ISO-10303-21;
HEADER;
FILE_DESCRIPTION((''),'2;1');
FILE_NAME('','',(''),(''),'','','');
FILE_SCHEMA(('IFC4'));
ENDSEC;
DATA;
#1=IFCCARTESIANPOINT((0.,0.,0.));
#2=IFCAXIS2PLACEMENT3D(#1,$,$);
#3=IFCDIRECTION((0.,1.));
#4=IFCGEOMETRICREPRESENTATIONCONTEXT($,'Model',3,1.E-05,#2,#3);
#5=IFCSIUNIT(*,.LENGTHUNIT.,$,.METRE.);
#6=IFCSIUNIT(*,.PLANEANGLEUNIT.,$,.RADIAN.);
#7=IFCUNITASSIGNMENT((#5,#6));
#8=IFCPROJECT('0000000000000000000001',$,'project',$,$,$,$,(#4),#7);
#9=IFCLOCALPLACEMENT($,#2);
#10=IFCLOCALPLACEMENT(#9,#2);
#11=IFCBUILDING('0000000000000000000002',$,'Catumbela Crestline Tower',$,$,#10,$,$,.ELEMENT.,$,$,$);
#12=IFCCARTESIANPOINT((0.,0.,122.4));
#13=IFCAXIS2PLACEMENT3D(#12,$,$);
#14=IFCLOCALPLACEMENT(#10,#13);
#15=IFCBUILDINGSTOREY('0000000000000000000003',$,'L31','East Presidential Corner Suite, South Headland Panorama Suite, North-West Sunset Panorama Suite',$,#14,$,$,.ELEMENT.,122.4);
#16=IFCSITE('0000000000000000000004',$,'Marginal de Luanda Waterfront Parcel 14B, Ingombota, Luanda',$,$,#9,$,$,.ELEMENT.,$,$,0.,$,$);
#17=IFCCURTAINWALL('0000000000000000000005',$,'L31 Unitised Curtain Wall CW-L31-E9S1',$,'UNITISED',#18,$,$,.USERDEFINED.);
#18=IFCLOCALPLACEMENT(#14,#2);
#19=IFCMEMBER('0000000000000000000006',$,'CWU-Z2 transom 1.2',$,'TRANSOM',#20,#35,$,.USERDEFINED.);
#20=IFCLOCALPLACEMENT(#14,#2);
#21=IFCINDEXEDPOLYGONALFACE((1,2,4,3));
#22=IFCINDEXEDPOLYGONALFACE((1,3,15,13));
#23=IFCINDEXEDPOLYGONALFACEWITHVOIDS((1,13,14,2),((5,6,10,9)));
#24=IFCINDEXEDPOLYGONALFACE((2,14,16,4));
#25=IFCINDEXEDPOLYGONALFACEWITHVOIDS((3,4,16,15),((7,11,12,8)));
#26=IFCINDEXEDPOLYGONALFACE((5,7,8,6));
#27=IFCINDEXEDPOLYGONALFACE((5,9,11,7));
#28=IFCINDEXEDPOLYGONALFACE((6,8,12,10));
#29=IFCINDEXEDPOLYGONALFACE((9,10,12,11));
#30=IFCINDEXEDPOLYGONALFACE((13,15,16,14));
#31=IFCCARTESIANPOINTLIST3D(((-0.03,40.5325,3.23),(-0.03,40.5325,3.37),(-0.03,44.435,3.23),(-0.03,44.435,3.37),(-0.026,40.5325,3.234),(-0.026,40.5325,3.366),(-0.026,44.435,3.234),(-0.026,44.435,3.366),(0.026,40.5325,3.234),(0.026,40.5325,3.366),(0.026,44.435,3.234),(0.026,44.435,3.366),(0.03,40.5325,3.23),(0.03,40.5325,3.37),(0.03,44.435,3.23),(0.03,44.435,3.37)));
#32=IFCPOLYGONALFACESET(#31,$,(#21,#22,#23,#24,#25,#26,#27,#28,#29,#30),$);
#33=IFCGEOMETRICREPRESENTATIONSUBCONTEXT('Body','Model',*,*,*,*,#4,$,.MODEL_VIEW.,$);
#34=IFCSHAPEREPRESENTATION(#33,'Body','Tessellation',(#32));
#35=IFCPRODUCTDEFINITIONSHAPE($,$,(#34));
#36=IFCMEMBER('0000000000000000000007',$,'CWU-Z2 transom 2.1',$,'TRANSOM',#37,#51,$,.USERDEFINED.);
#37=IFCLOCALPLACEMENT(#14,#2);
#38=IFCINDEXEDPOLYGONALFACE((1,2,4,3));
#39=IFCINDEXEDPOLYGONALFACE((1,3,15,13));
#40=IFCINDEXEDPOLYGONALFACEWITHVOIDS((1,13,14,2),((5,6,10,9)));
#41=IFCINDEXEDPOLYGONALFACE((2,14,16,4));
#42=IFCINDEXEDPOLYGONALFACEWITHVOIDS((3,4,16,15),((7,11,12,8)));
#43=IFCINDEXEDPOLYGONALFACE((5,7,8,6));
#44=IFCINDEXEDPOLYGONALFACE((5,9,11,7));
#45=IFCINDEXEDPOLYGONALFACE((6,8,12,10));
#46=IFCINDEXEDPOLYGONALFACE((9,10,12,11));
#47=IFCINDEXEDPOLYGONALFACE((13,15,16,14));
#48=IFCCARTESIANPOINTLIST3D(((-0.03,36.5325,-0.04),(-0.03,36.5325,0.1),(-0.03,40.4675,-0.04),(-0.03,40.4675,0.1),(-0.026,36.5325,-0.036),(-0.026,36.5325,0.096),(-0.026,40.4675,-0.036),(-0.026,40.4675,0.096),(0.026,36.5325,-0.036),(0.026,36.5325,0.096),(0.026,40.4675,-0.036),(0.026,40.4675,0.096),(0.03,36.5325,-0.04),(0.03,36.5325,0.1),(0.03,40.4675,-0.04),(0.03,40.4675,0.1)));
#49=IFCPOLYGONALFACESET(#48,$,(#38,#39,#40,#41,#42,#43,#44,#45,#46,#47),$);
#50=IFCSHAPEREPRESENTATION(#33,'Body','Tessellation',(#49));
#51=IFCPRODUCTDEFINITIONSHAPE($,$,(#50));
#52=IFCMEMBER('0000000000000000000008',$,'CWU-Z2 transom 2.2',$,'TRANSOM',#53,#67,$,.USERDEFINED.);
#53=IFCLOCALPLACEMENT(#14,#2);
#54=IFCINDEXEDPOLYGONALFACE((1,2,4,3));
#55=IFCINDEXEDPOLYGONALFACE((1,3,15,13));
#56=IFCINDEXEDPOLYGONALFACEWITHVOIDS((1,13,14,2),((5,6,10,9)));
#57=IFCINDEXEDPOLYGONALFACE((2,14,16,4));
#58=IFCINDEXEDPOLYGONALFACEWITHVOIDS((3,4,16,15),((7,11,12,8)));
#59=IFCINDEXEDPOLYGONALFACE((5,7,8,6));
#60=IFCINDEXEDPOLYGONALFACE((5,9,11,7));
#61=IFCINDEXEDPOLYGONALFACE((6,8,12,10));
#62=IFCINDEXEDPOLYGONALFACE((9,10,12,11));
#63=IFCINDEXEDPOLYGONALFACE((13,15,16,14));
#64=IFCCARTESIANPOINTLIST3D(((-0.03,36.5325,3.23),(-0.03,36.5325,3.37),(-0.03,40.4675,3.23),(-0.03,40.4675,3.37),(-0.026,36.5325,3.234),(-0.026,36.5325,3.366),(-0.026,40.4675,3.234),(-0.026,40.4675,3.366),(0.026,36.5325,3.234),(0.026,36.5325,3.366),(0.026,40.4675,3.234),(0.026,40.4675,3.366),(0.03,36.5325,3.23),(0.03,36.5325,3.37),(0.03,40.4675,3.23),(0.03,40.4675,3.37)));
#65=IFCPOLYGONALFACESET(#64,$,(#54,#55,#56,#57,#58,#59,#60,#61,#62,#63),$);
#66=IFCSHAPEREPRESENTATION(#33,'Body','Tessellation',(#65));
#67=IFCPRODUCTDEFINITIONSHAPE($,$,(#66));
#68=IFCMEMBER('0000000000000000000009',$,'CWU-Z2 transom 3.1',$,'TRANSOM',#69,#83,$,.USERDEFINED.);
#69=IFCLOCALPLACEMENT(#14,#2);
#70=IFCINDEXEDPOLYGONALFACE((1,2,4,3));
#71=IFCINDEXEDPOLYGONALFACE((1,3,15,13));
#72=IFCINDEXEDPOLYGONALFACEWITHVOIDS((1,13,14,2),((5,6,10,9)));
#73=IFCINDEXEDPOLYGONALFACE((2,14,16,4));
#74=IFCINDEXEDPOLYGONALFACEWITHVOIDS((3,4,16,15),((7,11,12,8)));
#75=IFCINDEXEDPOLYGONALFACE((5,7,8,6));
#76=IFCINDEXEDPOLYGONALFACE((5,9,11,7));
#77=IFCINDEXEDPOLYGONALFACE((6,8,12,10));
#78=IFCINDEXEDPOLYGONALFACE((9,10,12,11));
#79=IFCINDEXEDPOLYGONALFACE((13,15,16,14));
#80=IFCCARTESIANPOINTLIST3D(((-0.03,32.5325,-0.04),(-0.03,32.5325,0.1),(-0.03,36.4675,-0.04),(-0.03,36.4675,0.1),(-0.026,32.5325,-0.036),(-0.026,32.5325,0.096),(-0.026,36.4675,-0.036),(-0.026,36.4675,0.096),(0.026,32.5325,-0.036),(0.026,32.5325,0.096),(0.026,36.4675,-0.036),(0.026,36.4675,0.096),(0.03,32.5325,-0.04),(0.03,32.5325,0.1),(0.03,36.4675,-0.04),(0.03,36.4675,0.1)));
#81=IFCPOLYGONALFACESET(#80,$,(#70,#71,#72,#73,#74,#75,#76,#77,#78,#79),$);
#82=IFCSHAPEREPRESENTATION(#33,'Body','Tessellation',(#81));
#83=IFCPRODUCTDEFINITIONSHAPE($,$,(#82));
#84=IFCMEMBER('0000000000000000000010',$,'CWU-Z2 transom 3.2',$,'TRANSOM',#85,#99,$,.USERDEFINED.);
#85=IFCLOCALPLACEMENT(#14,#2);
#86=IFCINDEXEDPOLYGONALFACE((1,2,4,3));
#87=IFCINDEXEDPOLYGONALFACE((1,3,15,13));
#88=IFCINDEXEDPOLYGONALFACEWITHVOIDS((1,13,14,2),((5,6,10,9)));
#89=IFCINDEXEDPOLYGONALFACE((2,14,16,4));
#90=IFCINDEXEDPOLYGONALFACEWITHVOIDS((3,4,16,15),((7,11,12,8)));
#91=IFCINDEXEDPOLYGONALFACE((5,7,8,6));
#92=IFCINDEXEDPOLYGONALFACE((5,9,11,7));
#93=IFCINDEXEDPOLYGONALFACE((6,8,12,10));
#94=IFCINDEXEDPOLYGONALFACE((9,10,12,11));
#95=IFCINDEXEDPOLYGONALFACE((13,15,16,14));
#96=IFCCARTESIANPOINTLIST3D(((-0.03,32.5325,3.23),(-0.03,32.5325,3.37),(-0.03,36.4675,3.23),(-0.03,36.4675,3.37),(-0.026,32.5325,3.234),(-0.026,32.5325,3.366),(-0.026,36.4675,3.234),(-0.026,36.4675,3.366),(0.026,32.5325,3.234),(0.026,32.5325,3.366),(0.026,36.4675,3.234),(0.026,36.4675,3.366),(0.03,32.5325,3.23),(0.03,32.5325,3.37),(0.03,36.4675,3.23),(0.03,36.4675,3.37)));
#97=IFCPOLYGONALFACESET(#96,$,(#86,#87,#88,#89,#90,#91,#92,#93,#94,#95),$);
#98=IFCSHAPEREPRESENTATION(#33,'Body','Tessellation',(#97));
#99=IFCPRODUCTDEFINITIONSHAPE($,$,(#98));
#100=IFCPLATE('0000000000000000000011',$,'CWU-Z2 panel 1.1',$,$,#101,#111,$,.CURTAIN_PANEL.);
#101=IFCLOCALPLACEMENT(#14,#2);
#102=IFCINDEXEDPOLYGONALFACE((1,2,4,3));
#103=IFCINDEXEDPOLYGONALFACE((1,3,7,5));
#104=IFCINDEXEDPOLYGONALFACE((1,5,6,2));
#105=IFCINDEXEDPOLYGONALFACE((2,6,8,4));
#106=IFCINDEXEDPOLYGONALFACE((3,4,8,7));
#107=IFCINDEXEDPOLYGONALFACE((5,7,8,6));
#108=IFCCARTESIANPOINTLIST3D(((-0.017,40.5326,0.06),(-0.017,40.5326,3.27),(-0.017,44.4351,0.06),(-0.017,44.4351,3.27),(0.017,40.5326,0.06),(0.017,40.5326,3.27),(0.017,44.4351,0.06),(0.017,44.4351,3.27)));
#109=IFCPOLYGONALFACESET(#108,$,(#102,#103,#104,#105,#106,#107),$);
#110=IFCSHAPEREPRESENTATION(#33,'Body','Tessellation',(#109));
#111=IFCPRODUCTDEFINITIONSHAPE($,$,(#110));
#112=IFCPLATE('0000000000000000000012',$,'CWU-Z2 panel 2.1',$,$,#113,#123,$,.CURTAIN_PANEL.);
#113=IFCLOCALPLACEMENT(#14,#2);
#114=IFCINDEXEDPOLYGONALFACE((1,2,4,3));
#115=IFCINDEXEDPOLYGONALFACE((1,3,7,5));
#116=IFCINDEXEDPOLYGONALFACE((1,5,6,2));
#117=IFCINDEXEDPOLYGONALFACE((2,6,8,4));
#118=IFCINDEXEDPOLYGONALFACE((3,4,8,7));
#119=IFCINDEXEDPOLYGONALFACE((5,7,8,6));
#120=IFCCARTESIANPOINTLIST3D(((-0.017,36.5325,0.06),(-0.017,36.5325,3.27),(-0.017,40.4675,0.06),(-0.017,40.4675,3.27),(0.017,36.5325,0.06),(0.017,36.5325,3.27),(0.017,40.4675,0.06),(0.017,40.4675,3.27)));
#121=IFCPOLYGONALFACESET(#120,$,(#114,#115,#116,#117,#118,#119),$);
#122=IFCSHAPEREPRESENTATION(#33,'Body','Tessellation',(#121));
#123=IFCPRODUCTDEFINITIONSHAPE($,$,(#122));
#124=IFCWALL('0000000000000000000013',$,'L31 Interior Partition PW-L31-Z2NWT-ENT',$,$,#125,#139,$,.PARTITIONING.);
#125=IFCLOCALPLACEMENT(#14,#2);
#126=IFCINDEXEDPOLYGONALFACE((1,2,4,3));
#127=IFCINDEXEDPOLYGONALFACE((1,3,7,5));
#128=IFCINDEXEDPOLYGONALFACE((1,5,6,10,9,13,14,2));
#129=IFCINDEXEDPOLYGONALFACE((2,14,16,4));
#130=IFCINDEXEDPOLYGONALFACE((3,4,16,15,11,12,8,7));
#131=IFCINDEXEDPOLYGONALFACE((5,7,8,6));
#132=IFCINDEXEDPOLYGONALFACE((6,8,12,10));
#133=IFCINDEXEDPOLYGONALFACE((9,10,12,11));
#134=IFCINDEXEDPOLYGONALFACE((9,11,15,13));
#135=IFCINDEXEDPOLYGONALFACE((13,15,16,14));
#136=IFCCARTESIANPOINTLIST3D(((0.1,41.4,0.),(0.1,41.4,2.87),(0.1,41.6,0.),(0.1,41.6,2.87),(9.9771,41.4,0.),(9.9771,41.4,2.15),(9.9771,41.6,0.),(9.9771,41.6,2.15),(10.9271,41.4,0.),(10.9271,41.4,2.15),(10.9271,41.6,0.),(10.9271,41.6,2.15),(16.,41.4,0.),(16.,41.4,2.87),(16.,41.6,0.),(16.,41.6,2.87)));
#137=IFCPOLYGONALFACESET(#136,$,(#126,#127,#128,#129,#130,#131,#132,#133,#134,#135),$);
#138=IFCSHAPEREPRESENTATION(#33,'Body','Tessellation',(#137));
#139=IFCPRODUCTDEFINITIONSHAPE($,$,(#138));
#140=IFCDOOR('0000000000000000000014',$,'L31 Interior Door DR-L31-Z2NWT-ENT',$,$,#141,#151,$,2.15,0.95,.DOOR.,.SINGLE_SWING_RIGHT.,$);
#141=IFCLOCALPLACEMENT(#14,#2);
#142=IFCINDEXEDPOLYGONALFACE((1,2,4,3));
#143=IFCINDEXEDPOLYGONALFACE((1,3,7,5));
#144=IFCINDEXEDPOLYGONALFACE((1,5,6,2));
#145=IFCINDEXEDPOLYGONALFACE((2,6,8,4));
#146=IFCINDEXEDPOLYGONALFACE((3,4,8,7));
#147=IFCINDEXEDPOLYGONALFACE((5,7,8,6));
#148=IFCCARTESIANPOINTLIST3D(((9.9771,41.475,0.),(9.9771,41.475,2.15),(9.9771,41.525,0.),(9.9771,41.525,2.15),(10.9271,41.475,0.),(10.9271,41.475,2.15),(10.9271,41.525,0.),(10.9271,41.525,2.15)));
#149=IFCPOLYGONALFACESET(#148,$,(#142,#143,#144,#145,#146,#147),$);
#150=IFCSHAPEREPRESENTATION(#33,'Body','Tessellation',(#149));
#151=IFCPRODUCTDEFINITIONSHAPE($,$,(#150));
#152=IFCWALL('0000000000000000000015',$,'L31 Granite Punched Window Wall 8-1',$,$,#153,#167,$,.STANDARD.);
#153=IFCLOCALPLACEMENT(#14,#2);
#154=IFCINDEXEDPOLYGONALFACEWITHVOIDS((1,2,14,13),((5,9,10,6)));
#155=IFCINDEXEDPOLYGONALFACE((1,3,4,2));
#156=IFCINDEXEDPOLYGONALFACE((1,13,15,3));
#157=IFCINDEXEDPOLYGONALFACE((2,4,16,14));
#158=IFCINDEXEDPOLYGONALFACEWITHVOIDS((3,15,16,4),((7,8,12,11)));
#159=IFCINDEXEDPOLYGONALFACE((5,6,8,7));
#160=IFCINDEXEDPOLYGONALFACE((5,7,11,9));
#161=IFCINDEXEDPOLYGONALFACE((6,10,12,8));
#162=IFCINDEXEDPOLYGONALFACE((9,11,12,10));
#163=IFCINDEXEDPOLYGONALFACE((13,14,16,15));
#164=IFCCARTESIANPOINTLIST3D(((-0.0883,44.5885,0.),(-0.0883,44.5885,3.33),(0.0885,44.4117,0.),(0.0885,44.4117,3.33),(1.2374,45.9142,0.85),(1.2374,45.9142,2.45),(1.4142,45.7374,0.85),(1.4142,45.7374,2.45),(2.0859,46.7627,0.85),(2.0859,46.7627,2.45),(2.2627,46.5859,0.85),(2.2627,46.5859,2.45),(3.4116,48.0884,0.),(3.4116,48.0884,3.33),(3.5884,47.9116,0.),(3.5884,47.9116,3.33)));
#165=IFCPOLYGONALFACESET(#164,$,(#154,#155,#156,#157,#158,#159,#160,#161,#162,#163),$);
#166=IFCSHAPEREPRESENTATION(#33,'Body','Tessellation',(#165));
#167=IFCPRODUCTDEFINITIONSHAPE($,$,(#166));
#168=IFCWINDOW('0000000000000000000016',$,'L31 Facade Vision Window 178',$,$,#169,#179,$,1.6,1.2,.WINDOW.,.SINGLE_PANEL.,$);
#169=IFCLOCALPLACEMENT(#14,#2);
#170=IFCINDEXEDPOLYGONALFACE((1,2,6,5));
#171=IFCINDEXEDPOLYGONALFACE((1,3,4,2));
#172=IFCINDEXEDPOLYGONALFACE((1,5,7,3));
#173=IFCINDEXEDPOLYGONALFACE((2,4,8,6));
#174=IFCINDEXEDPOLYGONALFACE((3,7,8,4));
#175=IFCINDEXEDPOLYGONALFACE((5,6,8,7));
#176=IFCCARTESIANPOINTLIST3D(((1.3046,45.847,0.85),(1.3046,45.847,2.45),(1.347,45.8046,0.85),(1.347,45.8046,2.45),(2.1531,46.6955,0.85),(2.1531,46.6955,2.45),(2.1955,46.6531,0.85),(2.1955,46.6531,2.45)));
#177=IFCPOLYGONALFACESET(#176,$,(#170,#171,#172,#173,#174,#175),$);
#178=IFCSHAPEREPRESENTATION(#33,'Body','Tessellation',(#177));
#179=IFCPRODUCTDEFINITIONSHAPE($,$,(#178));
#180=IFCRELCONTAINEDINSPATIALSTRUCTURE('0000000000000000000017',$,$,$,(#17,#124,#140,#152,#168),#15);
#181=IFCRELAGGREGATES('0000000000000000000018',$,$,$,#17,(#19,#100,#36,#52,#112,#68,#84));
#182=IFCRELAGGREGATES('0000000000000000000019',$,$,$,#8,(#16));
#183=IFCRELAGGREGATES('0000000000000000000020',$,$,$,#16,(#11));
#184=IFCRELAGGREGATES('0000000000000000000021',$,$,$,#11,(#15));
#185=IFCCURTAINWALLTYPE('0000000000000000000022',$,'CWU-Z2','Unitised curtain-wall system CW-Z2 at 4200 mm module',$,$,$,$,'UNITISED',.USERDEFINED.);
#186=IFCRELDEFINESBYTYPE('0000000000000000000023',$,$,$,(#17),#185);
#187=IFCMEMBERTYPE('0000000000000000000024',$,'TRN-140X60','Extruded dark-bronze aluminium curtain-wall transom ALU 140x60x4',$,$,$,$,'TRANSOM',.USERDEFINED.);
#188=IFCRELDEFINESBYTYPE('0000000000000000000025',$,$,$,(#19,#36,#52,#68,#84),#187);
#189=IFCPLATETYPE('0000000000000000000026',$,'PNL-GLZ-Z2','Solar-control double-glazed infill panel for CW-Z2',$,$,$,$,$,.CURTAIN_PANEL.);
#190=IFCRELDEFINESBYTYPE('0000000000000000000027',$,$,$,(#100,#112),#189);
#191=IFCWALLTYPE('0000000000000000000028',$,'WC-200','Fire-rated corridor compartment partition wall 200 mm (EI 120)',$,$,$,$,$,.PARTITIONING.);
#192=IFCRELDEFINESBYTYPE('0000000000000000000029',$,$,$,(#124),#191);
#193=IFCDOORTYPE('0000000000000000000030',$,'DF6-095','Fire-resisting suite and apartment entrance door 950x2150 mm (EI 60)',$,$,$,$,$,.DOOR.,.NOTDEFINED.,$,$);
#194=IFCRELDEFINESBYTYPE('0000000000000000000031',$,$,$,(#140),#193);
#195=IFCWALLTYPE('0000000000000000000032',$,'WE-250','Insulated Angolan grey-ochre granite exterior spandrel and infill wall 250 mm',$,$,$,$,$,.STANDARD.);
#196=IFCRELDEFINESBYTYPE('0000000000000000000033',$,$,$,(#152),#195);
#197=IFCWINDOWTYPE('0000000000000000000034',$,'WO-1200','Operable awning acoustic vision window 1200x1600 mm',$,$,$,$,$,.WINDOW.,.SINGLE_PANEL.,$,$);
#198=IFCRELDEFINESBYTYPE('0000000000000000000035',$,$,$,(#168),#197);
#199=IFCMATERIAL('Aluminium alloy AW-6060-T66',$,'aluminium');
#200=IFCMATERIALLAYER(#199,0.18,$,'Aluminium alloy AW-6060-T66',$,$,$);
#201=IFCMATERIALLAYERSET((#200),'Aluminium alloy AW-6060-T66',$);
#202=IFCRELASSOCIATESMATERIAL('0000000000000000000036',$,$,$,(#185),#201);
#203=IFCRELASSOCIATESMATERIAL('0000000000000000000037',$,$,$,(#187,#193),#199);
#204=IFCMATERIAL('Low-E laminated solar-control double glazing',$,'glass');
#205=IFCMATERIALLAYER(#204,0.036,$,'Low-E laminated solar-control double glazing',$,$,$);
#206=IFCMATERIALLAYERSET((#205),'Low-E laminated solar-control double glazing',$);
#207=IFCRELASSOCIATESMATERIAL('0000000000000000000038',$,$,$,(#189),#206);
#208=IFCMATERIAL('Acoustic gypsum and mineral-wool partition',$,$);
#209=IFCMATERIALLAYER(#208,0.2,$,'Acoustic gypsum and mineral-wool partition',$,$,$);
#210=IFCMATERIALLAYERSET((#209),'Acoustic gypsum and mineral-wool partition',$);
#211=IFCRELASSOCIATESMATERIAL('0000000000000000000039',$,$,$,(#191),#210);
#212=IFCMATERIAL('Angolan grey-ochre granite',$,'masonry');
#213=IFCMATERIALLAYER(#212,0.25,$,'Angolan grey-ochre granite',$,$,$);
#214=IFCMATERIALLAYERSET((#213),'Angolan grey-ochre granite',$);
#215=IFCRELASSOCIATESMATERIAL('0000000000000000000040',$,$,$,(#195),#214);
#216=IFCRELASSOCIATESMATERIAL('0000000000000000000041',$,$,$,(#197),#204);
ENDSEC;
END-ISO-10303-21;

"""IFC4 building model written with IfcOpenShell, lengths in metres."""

from ifc_helpers import new_model, si_unit, direction, frame, frame_2d, origin, origin_2d, place, context, subcontext, project, spatial, rectangle, hollow_rectangle, extrude, material, layer, layer_set, material_profile, profile_set, type_object, element, fill, aggregate, save


model = new_model("IFC4")

# Units and contexts
model_context = context("Model", 3, precision=1e-05, world=origin(), true_north=direction((0.0, 1.0)))
body_context = subcontext(model_context, "Body", "Model", "MODEL_VIEW")
ifc_project = project(units=[si_unit("LENGTHUNIT", "METRE"), si_unit("PLANEANGLEUNIT", "RADIAN")], contexts=[model_context])

# Site, building, storey
site_placement = place(None, origin())
site = spatial("IfcSite", under=ifc_project, at=site_placement, Name="Marginal de Luanda Waterfront Parcel 14B, Ingombota, Luanda", CompositionType="ELEMENT", RefElevation=0.0)
building_placement = place(site_placement, origin())
building = spatial("IfcBuilding", under=site, at=building_placement, Name="Catumbela Crestline Tower", CompositionType="ELEMENT")
storey_placement = place(building_placement, frame((0.0, 0.0, 122.4)))
storey = spatial("IfcBuildingStorey", under=building, at=storey_placement, Name="L31", Description="East Presidential Corner Suite, South Headland Panorama Suite, North-West Sunset Panorama Suite", CompositionType="ELEMENT", Elevation=122.4)

# Shared definitions
ifc_material_1 = material(Name="Aluminium alloy AW-6060-T66", Category="aluminium")
ifc_layer_1 = layer(ifc_material_1, 0.18, Name="Aluminium alloy AW-6060-T66")
ifc_layer_set_1 = layer_set([ifc_layer_1], Name="Aluminium alloy AW-6060-T66")
curtain_wall_type = type_object("IfcCurtainWallType", Name="CWU-Z2", Description="Unitised curtain-wall system CW-Z2 at 4200 mm module", ElementType="UNITISED", PredefinedType="USERDEFINED", material=ifc_layer_set_1)

# Curtain wall
curtain_wall_1_placement = place(storey_placement, origin())
curtain_wall_1 = element("IfcCurtainWall", 1, at=curtain_wall_1_placement, inside=storey, type_object=curtain_wall_type, Name="L31 Unitised Curtain Wall CW-L31-E9S1", ObjectType="UNITISED", PredefinedType="USERDEFINED")

# Members
ifc_material_profile_1 = material_profile(ifc_material_1, hollow_rectangle(XDim=0.06, YDim=0.14, WallThickness=0.004, at=origin_2d()), Name="ALU 140x60x4")
ifc_profile_set_1 = profile_set([ifc_material_profile_1], Name="Aluminium alloy AW-6060-T66")
member_type_1 = type_object("IfcMemberType", Name="TRN-140X60", Description="Extruded dark-bronze aluminium curtain-wall transom ALU 140x60x4", ElementType="TRANSOM", PredefinedType="USERDEFINED", material=ifc_profile_set_1)
member_1_placement = place(storey_placement, frame((0.0, 44.435, 3.3), z_axis=(0.0, -1.0, 0.0), x_axis=(1.0, 0.0, 0.0)))
member_1 = element("IfcMember", 2, at=member_1_placement, type_object=member_type_1, Name="CWU-Z2 transom 1.2", ObjectType="TRANSOM", PredefinedType="USERDEFINED", context=body_context, shape_type="SweptSolid", body=[
    extrude(hollow_rectangle(XDim=0.06, YDim=0.14, WallThickness=0.004, at=origin_2d()), origin(), (0.0, 0.0, 1.0), 3.9025),
])
member_2_placement = place(storey_placement, frame((0.0, 40.4675, 0.03), z_axis=(0.0, -1.0, 0.0), x_axis=(1.0, 0.0, 0.0)))
member_2 = element("IfcMember", 3, at=member_2_placement, type_object=member_type_1, Name="CWU-Z2 transom 2.1", ObjectType="TRANSOM", PredefinedType="USERDEFINED", context=body_context, shape_type="SweptSolid", body=[
    extrude(hollow_rectangle(XDim=0.06, YDim=0.14, WallThickness=0.004, at=origin_2d()), origin(), (0.0, 0.0, 1.0), 3.935),
])
member_3_placement = place(storey_placement, frame((0.0, 40.4675, 3.3), z_axis=(0.0, -1.0, 0.0), x_axis=(1.0, 0.0, 0.0)))
member_3 = element("IfcMember", 4, at=member_3_placement, type_object=member_type_1, Name="CWU-Z2 transom 2.2", ObjectType="TRANSOM", PredefinedType="USERDEFINED", context=body_context, shape_type="SweptSolid", body=[
    extrude(hollow_rectangle(XDim=0.06, YDim=0.14, WallThickness=0.004, at=origin_2d()), origin(), (0.0, 0.0, 1.0), 3.935),
])
member_4_placement = place(storey_placement, frame((0.0, 36.4675, 0.03), z_axis=(0.0, -1.0, 0.0), x_axis=(1.0, 0.0, 0.0)))
member_4 = element("IfcMember", 5, at=member_4_placement, type_object=member_type_1, Name="CWU-Z2 transom 3.1", ObjectType="TRANSOM", PredefinedType="USERDEFINED", context=body_context, shape_type="SweptSolid", body=[
    extrude(hollow_rectangle(XDim=0.06, YDim=0.14, WallThickness=0.004, at=origin_2d()), origin(), (0.0, 0.0, 1.0), 3.935),
])
member_5_placement = place(storey_placement, frame((0.0, 36.4675, 3.3), z_axis=(0.0, -1.0, 0.0), x_axis=(1.0, 0.0, 0.0)))
member_5 = element("IfcMember", 6, at=member_5_placement, type_object=member_type_1, Name="CWU-Z2 transom 3.2", ObjectType="TRANSOM", PredefinedType="USERDEFINED", context=body_context, shape_type="SweptSolid", body=[
    extrude(hollow_rectangle(XDim=0.06, YDim=0.14, WallThickness=0.004, at=origin_2d()), origin(), (0.0, 0.0, 1.0), 3.935),
])

# Plates
ifc_material_2 = material(Name="Low-E laminated solar-control double glazing", Category="glass")
ifc_layer_2 = layer(ifc_material_2, 0.036, Name="Low-E laminated solar-control double glazing")
ifc_layer_set_2 = layer_set([ifc_layer_2], Name="Low-E laminated solar-control double glazing")
plate_type = type_object("IfcPlateType", Name="PNL-GLZ-Z2", Description="Solar-control double-glazed infill panel for CW-Z2", PredefinedType="CURTAIN_PANEL", material=ifc_layer_set_2)
plate_1_placement = place(storey_placement, frame((0.0, 42.4838, 0.06), z_axis=(0.0, 0.0, 1.0), x_axis=(0.0, -1.0, 0.0)))
plate_1 = element("IfcPlate", 7, at=plate_1_placement, type_object=plate_type, Name="CWU-Z2 panel 1.1", PredefinedType="CURTAIN_PANEL", context=body_context, shape_type="SweptSolid", body=[
    extrude(rectangle(XDim=3.9025, YDim=0.034, at=origin_2d()), origin(), (0.0, 0.0, 1.0), 3.21),
])
plate_2_placement = place(storey_placement, frame((0.0, 38.5, 0.06), z_axis=(0.0, 0.0, 1.0), x_axis=(0.0, -1.0, 0.0)))
plate_2 = element("IfcPlate", 8, at=plate_2_placement, type_object=plate_type, Name="CWU-Z2 panel 2.1", PredefinedType="CURTAIN_PANEL", context=body_context, shape_type="SweptSolid", body=[
    extrude(rectangle(XDim=3.935, YDim=0.034, at=origin_2d()), origin(), (0.0, 0.0, 1.0), 3.21),
])
aggregate(curtain_wall_1, [member_1, plate_1, member_2, member_3, plate_2, member_4, member_5])

# Wall, opening, door
ifc_material_3 = material(Name="Acoustic gypsum and mineral-wool partition")
ifc_layer_3 = layer(ifc_material_3, 0.2, Name="Acoustic gypsum and mineral-wool partition")
ifc_layer_set_3 = layer_set([ifc_layer_3], Name="Acoustic gypsum and mineral-wool partition")
wall_type_1 = type_object("IfcWallType", Name="WC-200", Description="Fire-rated corridor compartment partition wall 200 mm (EI 120)", PredefinedType="PARTITIONING", material=ifc_layer_set_3)
wall_1_placement = place(storey_placement, frame((0.1, 41.5, 0.0), z_axis=(0.0, 0.0, 1.0), x_axis=(1.0, 0.0, 0.0)))
wall_1 = element("IfcWall", 9, at=wall_1_placement, inside=storey, type_object=wall_type_1, Name="L31 Interior Partition PW-L31-Z2NWT-ENT", PredefinedType="PARTITIONING", context=body_context, shape_type="SweptSolid", body=[
    extrude(rectangle(XDim=15.9, YDim=0.2, at=frame_2d((7.95, 0.0))), origin(), (0.0, 0.0, 1.0), 2.87),
])
opening_1_placement = place(wall_1_placement, frame((9.8771, 0.0, 0.0)))
opening_1 = element("IfcOpeningElement", 10, at=opening_1_placement, cuts=wall_1, PredefinedType="OPENING", context=body_context, shape_type="SweptSolid", body=[
    extrude(rectangle(XDim=0.95, YDim=2.15, at=frame_2d((0.475, 1.075))), frame((0.0, 0.11, 0.0), z_axis=(0.0, -1.0, 0.0), x_axis=(1.0, 0.0, 0.0)), (0.0, 0.0, 1.0), 0.22),
])
door_type_1 = type_object("IfcDoorType", Name="DF6-095", Description="Fire-resisting suite and apartment entrance door 950x2150 mm (EI 60)", OperationType="NOTDEFINED", PredefinedType="DOOR", material=ifc_material_1)
door_1_placement = place(opening_1_placement, origin())
door_1 = element("IfcDoor", 11, at=door_1_placement, inside=storey, type_object=door_type_1, Name="L31 Interior Door DR-L31-Z2NWT-ENT", OperationType="SINGLE_SWING_RIGHT", OverallHeight=2.15, OverallWidth=0.95, PredefinedType="DOOR", context=body_context, shape_type="SweptSolid", body=[
    extrude(rectangle(XDim=0.95, YDim=2.15, at=frame_2d((0.475, 1.075))), frame((0.0, 0.025, 0.0), z_axis=(0.0, -1.0, 0.0), x_axis=(1.0, 0.0, 0.0)), (0.0, 0.0, 1.0), 0.05),
])
fill(opening_1, door_1)

# Wall, opening, window
ifc_material_4 = material(Name="Angolan grey-ochre granite", Category="masonry")
ifc_layer_4 = layer(ifc_material_4, 0.25, Name="Angolan grey-ochre granite")
ifc_layer_set_4 = layer_set([ifc_layer_4], Name="Angolan grey-ochre granite")
wall_type_2 = type_object("IfcWallType", Name="WE-250", Description="Insulated Angolan grey-ochre granite exterior spandrel and infill wall 250 mm", PredefinedType="STANDARD", material=ifc_layer_set_4)
wall_2_placement = place(storey_placement, frame((3.5, 48.0, 0.0), z_axis=(0.0, 0.0, 1.0), x_axis=(-0.707107, -0.707107, 0.0)))
wall_2 = element("IfcWall", 12, at=wall_2_placement, inside=storey, type_object=wall_type_2, Name="L31 Granite Punched Window Wall 8-1", PredefinedType="STANDARD", context=body_context, shape_type="SweptSolid", body=[
    extrude(rectangle(XDim=4.9497, YDim=0.25, at=frame_2d((2.4748, 0.0))), origin(), (0.0, 0.0, 1.0), 3.33),
])
opening_2_placement = place(wall_2_placement, frame((1.8748, 0.0, 0.85)))
opening_2 = element("IfcOpeningElement", 13, at=opening_2_placement, cuts=wall_2, PredefinedType="OPENING", context=body_context, shape_type="SweptSolid", body=[
    extrude(rectangle(XDim=1.2, YDim=1.6, at=frame_2d((0.6, 0.8))), frame((0.0, 0.135, 0.0), z_axis=(0.0, -1.0, 0.0), x_axis=(1.0, 0.0, 0.0)), (0.0, 0.0, 1.0), 0.27),
])
window_type = type_object("IfcWindowType", Name="WO-1200", Description="Operable awning acoustic vision window 1200x1600 mm", PartitioningType="SINGLE_PANEL", PredefinedType="WINDOW", material=ifc_material_2)
window_placement = place(opening_2_placement, origin())
window = element("IfcWindow", 14, at=window_placement, inside=storey, type_object=window_type, Name="L31 Facade Vision Window 178", OverallHeight=1.6, OverallWidth=1.2, PartitioningType="SINGLE_PANEL", PredefinedType="WINDOW", context=body_context, shape_type="SweptSolid", body=[
    extrude(rectangle(XDim=1.2, YDim=1.6, at=frame_2d((0.6, 0.8))), frame((0.0, 0.03, 0.0), z_axis=(0.0, -1.0, 0.0), x_axis=(1.0, 0.0, 0.0)), (0.0, 0.0, 1.0), 0.06),
])
fill(opening_2, window)

save(model, "model.ifc")
